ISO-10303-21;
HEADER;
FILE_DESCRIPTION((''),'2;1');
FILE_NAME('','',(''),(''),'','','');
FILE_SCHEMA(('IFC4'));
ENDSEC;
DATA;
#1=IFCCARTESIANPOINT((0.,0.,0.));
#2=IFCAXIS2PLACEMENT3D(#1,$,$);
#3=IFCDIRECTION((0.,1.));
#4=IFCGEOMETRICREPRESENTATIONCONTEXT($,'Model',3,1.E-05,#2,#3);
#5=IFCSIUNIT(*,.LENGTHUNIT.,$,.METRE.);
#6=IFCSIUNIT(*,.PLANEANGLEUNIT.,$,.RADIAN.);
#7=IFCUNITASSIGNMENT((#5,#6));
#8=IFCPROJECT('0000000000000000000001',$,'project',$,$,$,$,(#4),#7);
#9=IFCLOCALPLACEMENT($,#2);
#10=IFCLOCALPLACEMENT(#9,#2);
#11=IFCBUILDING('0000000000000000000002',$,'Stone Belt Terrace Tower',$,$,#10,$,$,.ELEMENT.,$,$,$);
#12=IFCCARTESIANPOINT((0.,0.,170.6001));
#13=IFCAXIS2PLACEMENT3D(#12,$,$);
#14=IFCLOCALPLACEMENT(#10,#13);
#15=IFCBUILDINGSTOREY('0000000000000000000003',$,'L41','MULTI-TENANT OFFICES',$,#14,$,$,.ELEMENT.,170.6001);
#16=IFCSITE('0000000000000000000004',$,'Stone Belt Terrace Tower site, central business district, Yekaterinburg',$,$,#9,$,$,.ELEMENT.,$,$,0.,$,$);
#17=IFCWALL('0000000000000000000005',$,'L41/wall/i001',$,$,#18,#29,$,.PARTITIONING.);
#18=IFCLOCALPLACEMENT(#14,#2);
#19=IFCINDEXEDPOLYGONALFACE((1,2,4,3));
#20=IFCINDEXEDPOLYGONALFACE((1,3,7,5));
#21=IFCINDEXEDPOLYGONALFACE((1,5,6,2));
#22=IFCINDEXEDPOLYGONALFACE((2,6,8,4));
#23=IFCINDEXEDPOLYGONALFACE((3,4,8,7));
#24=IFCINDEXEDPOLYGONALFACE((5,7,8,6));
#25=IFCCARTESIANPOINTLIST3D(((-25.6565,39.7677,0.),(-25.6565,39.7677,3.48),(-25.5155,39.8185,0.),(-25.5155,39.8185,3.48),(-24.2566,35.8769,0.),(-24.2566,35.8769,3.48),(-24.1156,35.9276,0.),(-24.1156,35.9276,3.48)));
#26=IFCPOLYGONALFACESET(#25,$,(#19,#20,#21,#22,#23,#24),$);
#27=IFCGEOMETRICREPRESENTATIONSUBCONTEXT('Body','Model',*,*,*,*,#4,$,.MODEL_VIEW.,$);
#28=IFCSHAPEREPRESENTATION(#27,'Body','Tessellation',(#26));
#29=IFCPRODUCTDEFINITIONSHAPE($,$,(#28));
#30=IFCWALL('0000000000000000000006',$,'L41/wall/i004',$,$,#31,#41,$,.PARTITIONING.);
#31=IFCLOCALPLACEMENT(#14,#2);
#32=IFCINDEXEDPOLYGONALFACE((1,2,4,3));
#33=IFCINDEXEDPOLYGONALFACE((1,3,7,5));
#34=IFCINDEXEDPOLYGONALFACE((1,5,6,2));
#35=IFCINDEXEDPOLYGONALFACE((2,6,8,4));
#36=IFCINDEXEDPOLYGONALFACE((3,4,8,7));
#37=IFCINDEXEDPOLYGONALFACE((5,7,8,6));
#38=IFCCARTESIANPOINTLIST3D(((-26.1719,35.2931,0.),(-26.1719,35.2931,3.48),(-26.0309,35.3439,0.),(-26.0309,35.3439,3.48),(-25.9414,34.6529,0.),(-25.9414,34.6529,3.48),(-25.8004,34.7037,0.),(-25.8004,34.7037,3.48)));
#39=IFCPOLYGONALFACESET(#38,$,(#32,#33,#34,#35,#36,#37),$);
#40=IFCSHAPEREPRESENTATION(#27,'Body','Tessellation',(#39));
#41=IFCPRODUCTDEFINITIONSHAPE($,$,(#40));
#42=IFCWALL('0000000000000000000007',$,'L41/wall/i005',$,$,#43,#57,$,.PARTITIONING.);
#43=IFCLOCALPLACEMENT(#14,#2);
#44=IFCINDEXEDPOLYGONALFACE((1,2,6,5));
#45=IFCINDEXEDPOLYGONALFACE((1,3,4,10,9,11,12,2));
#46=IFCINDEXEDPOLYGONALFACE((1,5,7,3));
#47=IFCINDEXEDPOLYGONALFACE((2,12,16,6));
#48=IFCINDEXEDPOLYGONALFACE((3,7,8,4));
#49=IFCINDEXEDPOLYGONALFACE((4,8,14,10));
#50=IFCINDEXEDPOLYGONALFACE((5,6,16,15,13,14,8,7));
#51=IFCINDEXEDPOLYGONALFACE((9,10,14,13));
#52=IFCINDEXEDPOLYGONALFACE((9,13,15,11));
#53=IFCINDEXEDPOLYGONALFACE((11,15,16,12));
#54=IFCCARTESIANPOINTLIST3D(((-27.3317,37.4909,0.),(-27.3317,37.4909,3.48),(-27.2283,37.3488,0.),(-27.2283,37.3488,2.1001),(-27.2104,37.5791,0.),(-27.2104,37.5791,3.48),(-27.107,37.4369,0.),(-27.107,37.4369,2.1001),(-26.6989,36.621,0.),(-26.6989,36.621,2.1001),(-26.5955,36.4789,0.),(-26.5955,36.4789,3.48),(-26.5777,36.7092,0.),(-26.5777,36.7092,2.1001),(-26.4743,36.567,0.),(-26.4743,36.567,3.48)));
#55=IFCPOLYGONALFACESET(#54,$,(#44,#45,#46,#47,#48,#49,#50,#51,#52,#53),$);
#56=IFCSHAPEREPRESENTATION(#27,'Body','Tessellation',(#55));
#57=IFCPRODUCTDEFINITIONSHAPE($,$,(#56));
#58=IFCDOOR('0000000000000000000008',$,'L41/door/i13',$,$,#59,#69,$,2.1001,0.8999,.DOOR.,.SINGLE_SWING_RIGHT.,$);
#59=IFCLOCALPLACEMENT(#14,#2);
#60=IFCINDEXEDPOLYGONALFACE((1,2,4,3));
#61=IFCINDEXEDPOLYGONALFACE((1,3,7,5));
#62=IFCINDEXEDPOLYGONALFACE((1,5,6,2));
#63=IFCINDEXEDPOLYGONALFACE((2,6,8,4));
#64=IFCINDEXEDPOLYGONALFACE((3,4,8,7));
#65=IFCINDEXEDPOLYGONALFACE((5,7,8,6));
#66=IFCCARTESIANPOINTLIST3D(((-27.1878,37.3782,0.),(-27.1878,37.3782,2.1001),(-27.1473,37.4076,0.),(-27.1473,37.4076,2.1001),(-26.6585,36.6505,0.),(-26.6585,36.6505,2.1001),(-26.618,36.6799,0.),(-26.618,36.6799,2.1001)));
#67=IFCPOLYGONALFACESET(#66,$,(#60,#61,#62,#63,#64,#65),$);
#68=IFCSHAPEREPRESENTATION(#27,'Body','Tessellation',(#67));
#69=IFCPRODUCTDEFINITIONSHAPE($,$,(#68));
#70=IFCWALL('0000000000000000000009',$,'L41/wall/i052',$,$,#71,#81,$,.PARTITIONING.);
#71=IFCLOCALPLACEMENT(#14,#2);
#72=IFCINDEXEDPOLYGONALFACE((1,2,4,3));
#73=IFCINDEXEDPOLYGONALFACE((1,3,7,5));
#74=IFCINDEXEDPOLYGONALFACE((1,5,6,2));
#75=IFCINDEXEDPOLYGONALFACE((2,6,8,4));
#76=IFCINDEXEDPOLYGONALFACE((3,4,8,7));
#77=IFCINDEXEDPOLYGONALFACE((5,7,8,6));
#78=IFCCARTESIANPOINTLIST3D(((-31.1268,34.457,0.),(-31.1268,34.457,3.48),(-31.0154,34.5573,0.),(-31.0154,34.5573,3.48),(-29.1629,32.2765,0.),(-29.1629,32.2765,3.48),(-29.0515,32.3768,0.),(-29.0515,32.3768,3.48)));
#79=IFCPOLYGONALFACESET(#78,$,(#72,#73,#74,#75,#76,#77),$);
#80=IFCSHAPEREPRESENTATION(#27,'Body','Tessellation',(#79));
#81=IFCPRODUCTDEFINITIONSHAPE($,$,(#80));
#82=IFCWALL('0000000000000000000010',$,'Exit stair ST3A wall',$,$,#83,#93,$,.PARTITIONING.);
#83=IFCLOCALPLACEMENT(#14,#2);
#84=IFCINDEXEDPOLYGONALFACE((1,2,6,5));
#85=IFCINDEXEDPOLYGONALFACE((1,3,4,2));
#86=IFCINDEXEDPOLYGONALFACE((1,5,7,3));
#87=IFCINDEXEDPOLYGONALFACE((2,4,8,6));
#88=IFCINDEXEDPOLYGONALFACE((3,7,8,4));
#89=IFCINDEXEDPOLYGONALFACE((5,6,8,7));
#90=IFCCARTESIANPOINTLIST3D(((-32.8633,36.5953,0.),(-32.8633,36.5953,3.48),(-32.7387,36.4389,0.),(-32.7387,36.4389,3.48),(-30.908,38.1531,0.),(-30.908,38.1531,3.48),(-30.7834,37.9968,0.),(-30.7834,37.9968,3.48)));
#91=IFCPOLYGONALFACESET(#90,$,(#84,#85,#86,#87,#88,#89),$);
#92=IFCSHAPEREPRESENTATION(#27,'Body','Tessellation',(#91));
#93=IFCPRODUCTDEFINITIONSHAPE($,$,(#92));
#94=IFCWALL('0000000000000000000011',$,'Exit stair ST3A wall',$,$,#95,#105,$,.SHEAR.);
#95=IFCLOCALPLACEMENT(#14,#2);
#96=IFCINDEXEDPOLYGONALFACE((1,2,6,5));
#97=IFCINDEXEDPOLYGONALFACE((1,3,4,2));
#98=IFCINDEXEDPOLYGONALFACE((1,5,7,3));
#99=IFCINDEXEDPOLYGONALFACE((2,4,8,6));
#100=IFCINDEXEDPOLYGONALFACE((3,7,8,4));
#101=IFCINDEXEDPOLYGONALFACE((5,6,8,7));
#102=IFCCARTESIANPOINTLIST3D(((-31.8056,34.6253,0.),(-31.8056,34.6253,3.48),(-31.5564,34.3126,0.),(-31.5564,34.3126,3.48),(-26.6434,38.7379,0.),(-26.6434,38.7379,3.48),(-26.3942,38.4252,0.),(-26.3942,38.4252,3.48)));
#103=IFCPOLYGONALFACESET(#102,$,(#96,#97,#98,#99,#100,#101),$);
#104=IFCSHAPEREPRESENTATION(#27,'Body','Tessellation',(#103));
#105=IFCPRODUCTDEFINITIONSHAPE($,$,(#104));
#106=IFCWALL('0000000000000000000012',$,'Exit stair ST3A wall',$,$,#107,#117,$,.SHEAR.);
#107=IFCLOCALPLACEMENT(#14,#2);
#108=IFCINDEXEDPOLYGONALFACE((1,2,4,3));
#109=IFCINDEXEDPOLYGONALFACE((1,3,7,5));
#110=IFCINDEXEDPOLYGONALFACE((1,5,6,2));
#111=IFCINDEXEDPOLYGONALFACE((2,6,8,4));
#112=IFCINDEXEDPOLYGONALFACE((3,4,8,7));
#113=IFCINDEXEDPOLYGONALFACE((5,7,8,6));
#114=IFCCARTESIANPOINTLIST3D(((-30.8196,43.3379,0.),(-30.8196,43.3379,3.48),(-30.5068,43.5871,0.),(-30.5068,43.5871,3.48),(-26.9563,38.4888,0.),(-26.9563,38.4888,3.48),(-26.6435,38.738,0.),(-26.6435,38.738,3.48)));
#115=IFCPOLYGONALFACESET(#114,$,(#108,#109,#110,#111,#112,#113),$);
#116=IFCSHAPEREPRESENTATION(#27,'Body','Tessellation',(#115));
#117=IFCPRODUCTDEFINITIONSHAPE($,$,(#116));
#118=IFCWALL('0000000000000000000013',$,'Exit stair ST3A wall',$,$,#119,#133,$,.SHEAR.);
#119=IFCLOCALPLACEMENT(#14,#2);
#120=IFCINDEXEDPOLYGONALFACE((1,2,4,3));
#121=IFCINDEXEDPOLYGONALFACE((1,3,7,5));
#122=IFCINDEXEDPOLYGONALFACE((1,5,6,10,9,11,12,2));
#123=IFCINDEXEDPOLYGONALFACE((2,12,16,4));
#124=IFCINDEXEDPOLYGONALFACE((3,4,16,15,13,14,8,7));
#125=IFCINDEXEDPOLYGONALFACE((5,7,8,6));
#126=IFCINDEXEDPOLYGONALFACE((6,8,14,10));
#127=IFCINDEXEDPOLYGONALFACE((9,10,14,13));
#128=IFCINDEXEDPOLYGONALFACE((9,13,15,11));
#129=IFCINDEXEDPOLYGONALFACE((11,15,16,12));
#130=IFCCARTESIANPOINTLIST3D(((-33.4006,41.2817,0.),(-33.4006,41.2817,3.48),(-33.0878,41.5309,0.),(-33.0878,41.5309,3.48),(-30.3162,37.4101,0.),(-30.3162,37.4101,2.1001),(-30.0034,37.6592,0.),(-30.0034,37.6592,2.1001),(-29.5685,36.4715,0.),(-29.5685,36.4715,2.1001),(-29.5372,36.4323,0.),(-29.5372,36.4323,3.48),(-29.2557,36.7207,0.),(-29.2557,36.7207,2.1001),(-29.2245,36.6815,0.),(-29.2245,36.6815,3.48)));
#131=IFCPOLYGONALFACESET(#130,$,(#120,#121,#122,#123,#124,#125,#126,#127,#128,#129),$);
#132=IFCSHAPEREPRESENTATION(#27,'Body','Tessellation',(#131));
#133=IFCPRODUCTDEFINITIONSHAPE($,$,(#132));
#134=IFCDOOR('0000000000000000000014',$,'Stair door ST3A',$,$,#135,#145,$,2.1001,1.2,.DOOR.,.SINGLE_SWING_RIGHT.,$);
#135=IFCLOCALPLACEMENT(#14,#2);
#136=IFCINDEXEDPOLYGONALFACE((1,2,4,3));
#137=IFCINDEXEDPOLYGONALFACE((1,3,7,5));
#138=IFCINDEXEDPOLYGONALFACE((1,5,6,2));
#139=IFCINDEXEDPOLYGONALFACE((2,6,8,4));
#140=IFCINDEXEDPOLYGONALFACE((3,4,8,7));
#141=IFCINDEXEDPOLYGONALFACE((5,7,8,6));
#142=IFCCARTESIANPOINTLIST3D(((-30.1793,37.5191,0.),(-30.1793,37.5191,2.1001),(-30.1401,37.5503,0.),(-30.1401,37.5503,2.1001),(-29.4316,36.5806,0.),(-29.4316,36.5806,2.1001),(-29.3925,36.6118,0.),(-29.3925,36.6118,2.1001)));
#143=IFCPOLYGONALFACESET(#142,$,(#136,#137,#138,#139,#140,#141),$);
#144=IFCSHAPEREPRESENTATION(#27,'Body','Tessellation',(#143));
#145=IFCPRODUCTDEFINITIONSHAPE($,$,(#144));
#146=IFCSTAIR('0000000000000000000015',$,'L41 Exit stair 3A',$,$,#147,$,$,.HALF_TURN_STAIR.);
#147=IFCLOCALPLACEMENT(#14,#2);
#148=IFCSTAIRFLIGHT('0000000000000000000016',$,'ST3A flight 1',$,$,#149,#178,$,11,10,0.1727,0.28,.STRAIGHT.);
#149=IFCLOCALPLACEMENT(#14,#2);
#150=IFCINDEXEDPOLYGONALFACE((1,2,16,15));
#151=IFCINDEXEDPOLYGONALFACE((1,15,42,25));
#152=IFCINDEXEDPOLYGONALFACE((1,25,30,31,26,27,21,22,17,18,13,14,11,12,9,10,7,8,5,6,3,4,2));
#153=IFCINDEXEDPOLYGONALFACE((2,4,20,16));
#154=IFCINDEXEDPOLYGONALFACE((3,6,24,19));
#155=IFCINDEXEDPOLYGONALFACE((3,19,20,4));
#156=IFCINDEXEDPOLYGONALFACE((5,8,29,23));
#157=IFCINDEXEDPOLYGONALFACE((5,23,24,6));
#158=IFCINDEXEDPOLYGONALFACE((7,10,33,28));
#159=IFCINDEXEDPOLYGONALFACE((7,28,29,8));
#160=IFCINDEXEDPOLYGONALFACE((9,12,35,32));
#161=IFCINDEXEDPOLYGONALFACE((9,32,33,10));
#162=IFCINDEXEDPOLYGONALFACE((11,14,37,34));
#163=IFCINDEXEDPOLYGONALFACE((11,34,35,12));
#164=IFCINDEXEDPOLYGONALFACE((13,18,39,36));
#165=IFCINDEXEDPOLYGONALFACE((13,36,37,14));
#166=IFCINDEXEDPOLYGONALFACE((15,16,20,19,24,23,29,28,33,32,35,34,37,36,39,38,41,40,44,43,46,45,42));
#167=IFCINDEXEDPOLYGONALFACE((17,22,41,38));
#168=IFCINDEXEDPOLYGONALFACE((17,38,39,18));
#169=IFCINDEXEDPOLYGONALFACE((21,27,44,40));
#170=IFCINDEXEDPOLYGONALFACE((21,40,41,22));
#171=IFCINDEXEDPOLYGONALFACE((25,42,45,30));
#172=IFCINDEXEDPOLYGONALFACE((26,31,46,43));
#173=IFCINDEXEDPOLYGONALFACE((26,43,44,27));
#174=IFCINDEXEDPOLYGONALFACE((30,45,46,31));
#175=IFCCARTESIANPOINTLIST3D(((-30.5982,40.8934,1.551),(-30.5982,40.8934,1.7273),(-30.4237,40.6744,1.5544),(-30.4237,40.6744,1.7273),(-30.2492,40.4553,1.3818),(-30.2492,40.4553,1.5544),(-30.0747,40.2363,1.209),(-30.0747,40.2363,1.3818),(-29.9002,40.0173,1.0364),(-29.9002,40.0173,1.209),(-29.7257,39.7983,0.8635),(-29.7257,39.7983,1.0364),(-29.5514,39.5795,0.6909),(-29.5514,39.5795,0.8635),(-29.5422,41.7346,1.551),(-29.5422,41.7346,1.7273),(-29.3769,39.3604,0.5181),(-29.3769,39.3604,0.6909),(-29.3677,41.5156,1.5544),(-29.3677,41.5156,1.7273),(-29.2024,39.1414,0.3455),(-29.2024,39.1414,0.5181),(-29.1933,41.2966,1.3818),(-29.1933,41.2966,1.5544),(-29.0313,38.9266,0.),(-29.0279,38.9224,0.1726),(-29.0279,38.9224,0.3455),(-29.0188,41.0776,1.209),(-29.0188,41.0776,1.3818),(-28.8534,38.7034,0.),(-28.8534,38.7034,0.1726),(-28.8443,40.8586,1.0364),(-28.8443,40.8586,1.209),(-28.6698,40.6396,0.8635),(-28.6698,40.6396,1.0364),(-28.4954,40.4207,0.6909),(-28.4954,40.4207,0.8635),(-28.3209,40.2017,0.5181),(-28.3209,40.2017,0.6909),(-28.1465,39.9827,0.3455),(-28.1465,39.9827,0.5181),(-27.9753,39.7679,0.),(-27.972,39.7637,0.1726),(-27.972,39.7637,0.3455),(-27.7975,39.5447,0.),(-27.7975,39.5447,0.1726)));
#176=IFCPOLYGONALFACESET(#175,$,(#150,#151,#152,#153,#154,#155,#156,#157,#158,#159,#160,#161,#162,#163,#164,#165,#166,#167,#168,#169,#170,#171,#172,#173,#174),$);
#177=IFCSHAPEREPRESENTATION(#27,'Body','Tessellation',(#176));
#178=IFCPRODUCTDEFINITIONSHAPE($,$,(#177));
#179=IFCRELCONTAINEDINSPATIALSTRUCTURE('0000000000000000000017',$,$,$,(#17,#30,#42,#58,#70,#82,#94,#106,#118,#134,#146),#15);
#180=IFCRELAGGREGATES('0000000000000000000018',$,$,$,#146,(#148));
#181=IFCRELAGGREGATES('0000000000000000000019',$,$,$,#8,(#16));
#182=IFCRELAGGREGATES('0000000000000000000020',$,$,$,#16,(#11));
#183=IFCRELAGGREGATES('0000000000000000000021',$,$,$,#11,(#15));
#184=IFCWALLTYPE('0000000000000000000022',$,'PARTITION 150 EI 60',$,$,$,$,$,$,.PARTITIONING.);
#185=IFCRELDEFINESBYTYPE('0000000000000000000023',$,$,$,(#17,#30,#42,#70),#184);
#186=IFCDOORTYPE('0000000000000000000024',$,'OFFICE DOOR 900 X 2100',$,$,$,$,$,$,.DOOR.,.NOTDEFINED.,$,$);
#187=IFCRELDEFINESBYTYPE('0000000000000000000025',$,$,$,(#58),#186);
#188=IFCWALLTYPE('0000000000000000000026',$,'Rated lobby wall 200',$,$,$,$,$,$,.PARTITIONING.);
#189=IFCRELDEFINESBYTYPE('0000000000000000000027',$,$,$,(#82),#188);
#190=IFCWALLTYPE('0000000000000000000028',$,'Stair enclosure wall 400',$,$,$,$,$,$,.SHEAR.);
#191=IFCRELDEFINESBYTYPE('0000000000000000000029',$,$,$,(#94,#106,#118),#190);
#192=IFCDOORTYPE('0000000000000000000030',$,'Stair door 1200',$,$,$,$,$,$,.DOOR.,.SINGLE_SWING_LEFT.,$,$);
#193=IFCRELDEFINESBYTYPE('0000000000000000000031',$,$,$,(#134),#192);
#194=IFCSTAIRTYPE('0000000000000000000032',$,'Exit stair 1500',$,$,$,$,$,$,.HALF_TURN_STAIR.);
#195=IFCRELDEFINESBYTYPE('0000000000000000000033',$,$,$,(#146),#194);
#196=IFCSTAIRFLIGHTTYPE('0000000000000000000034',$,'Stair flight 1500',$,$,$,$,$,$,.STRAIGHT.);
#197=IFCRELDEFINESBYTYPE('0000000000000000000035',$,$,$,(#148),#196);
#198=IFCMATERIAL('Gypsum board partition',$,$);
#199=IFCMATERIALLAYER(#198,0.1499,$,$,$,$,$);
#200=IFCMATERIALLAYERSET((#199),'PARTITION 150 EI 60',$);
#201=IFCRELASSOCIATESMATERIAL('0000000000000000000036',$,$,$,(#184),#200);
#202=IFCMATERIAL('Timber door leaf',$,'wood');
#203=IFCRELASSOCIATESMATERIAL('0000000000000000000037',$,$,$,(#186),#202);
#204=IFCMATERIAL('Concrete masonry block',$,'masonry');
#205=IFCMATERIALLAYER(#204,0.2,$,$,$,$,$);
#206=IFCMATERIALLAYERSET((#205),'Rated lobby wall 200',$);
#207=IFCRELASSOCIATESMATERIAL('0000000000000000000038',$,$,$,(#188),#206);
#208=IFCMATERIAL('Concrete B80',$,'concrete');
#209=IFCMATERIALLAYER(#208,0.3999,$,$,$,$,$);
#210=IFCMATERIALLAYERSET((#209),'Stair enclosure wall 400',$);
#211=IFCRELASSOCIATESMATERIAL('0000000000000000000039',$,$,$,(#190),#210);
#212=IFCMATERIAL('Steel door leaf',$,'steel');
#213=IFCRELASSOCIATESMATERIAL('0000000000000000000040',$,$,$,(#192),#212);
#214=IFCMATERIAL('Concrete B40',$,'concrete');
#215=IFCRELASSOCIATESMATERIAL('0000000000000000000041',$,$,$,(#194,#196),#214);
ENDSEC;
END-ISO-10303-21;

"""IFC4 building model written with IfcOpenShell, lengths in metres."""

from ifc_helpers import new_model, si_unit, direction, frame, frame_2d, origin, place, context, subcontext, project, spatial, polyline, rectangle, outline, extrude, material, layer, layer_set, type_object, element, fill, aggregate, save


model = new_model("IFC4")

# Units and contexts
model_context = context("Model", 3, precision=1e-05, world=origin(), true_north=direction((0.0, 1.0)))
body_context = subcontext(model_context, "Body", "Model", "MODEL_VIEW")
ifc_project = project(units=[si_unit("LENGTHUNIT", "METRE"), si_unit("PLANEANGLEUNIT", "RADIAN")], contexts=[model_context])

# Site, building, storey
site_placement = place(None, origin())
site = spatial("IfcSite", under=ifc_project, at=site_placement, Name="Stone Belt Terrace Tower site, central business district, Yekaterinburg", CompositionType="ELEMENT", RefElevation=0.0)
building_placement = place(site_placement, origin())
building = spatial("IfcBuilding", under=site, at=building_placement, Name="Stone Belt Terrace Tower", CompositionType="ELEMENT")
storey_placement = place(building_placement, frame((0.0, 0.0, 170.6001)))
storey = spatial("IfcBuildingStorey", under=building, at=storey_placement, Name="L41", Description="MULTI-TENANT OFFICES", CompositionType="ELEMENT", Elevation=170.6001)

# Shared definitions
ifc_material_1 = material(Name="Concrete B80", Category="concrete")

# Shared definitions
ifc_material_2 = material(Name="Concrete B40", Category="concrete")

# Walls
ifc_material_3 = material(Name="Gypsum board partition")
ifc_layer_1 = layer(ifc_material_3, 0.1499)
ifc_layer_set_1 = layer_set([ifc_layer_1], Name="PARTITION 150 EI 60")
wall_type_1 = type_object("IfcWallType", Name="PARTITION 150 EI 60", PredefinedType="PARTITIONING", material=ifc_layer_set_1)
wall_1_placement = place(storey_placement, frame((-25.5859, 39.793, 0.0), z_axis=(0.0, 0.0, 1.0), x_axis=(0.338546, -0.94095, 0.0)))
element("IfcWall", 1, at=wall_1_placement, inside=storey, type_object=wall_type_1, Name="L41/wall/i001", PredefinedType="PARTITIONING", context=body_context, shape_type="SweptSolid", body=[
    extrude(rectangle(XDim=4.135, YDim=0.1499, at=frame_2d((2.0674, 0.0))), origin(), (0.0, 0.0, 1.0), 3.48),
])
wall_2_placement = place(storey_placement, frame((-25.8708, 34.6782, 0.0), z_axis=(0.0, 0.0, 1.0), x_axis=(-0.338745, 0.940878, 0.0)))
element("IfcWall", 2, at=wall_2_placement, inside=storey, type_object=wall_type_1, Name="L41/wall/i004", PredefinedType="PARTITIONING", context=body_context, shape_type="SweptSolid", body=[
    extrude(rectangle(XDim=0.6804, YDim=0.1499, at=frame_2d((0.3403, 0.0))), origin(), (0.0, 0.0, 1.0), 3.48),
])

# Wall, opening, door
wall_3_placement = place(storey_placement, frame((-26.5349, 36.5229, 0.0), z_axis=(0.0, 0.0, 1.0), x_axis=(-0.58823, 0.808694, 0.0)))
wall_3 = element("IfcWall", 3, at=wall_3_placement, inside=storey, type_object=wall_type_1, Name="L41/wall/i005", PredefinedType="PARTITIONING", context=body_context, shape_type="SweptSolid", body=[
    extrude(rectangle(XDim=1.2515, YDim=0.1499, at=frame_2d((0.6257, 0.0))), origin(), (0.0, 0.0, 1.0), 3.48),
])
opening_1_placement = place(wall_3_placement, frame((0.1758, 0.0, 0.0)))
opening_1 = element("IfcOpeningElement", 4, at=opening_1_placement, cuts=wall_3, PredefinedType="OPENING", context=body_context, shape_type="SweptSolid", body=[
    extrude(rectangle(XDim=0.8999, YDim=2.1001, at=frame_2d((0.45, 1.05))), frame((0.0, 0.085, 0.0), z_axis=(0.0, -1.0, 0.0), x_axis=(1.0, 0.0, 0.0)), (0.0, 0.0, 1.0), 0.1699),
])
ifc_material_4 = material(Name="Timber door leaf", Category="wood")
door_type_1 = type_object("IfcDoorType", Name="OFFICE DOOR 900 X 2100", OperationType="NOTDEFINED", PredefinedType="DOOR", material=ifc_material_4)
door_1_placement = place(opening_1_placement, origin())
door_1 = element("IfcDoor", 5, at=door_1_placement, inside=storey, type_object=door_type_1, Name="L41/door/i13", OperationType="SINGLE_SWING_RIGHT", OverallHeight=2.1001, OverallWidth=0.8999, PredefinedType="DOOR", context=body_context, shape_type="SweptSolid", body=[
    extrude(rectangle(XDim=0.8999, YDim=2.1001, at=frame_2d((0.45, 1.05))), frame((0.0, 0.0249, 0.0), z_axis=(0.0, -1.0, 0.0), x_axis=(1.0, 0.0, 0.0)), (0.0, 0.0, 1.0), 0.05),
])
fill(opening_1, door_1)

# Walls
wall_4_placement = place(storey_placement, frame((-29.1072, 32.3267, 0.0), z_axis=(0.0, 0.0, 1.0), x_axis=(-0.669245, 0.743042, 0.0)))
element("IfcWall", 6, at=wall_4_placement, inside=storey, type_object=wall_type_1, Name="L41/wall/i052", PredefinedType="PARTITIONING", context=body_context, shape_type="SweptSolid", body=[
    extrude(rectangle(XDim=2.9346, YDim=0.1499, at=frame_2d((1.4673, 0.0))), origin(), (0.0, 0.0, 1.0), 3.48),
])
ifc_material_5 = material(Name="Concrete masonry block", Category="masonry")
ifc_layer_2 = layer(ifc_material_5, 0.2)
ifc_layer_set_2 = layer_set([ifc_layer_2], Name="Rated lobby wall 200")
wall_type_2 = type_object("IfcWallType", Name="Rated lobby wall 200", PredefinedType="PARTITIONING", material=ifc_layer_set_2)
wall_5_placement = place(storey_placement, frame((-30.8457, 38.075, 0.0), z_axis=(0.0, 0.0, 1.0), x_axis=(-0.782115, -0.623134, 0.0)))
element("IfcWall", 7, at=wall_5_placement, inside=storey, type_object=wall_type_2, Name="Exit stair ST3A wall", PredefinedType="PARTITIONING", context=body_context, shape_type="SweptSolid", body=[
    extrude(rectangle(XDim=2.5, YDim=0.2, at=frame_2d((1.25, 0.0))), origin(), (0.0, 0.0, 1.0), 3.48),
])
ifc_layer_3 = layer(ifc_material_1, 0.3999)
ifc_layer_set_3 = layer_set([ifc_layer_3], Name="Stair enclosure wall 400")
wall_type_3 = type_object("IfcWallType", Name="Stair enclosure wall 400", PredefinedType="SHEAR", material=ifc_layer_set_3)
wall_6_placement = place(storey_placement, frame((-26.5188, 38.5815, 0.0), z_axis=(0.0, 0.0, 1.0), x_axis=(-0.782134, -0.62311, 0.0)))
element("IfcWall", 8, at=wall_6_placement, inside=storey, type_object=wall_type_3, Name="Exit stair ST3A wall", PredefinedType="SHEAR", context=body_context, shape_type="SweptSolid", body=[
    extrude(rectangle(XDim=6.6001, YDim=0.3999, at=frame_2d((3.3, 0.0))), origin(), (0.0, 0.0, 1.0), 3.48),
])
wall_7_placement = place(storey_placement, frame((-26.7998, 38.6133, 0.0), z_axis=(0.0, 0.0, 1.0), x_axis=(-0.623119, 0.782127, 0.0)))
element("IfcWall", 9, at=wall_7_placement, inside=storey, type_object=wall_type_3, Name="Exit stair ST3A wall", PredefinedType="SHEAR", context=body_context, shape_type="SweptSolid", body=[
    extrude(rectangle(XDim=6.2, YDim=0.3999, at=frame_2d((3.1001, 0.0))), origin(), (0.0, 0.0, 1.0), 3.48),
])

# Wall, opening, door
wall_8_placement = place(storey_placement, frame((-29.3809, 36.5569, 0.0), z_axis=(0.0, 0.0, 1.0), x_axis=(-0.623099, 0.782143, 0.0)))
wall_8 = element("IfcWall", 10, at=wall_8_placement, inside=storey, type_object=wall_type_3, Name="Exit stair ST3A wall", PredefinedType="SHEAR", context=body_context, shape_type="SweptSolid", body=[
    extrude(rectangle(XDim=6.2002, YDim=0.3999, at=frame_2d((3.1001, 0.0))), origin(), (0.0, 0.0, 1.0), 3.48),
])
opening_2_placement = place(wall_8_placement, frame((0.05, 0.0, 0.0)))
opening_2 = element("IfcOpeningElement", 11, at=opening_2_placement, cuts=wall_8, PredefinedType="OPENING", context=body_context, shape_type="SweptSolid", body=[
    extrude(rectangle(XDim=1.2, YDim=2.1001, at=frame_2d((0.6001, 1.05))), frame((0.0, 0.21, 0.0), z_axis=(0.0, -1.0, 0.0), x_axis=(1.0, 0.0, 0.0)), (0.0, 0.0, 1.0), 0.4199),
])
ifc_material_6 = material(Name="Steel door leaf", Category="steel")
door_type_2 = type_object("IfcDoorType", Name="Stair door 1200", OperationType="SINGLE_SWING_LEFT", PredefinedType="DOOR", material=ifc_material_6)
door_2_placement = place(opening_2_placement, origin())
door_2 = element("IfcDoor", 12, at=door_2_placement, inside=storey, type_object=door_type_2, Name="Stair door ST3A", OperationType="SINGLE_SWING_RIGHT", OverallHeight=2.1001, OverallWidth=1.2, PredefinedType="DOOR", context=body_context, shape_type="SweptSolid", body=[
    extrude(rectangle(XDim=1.2, YDim=2.1001, at=frame_2d((0.6001, 1.05))), frame((0.0, 0.0249, 0.0), z_axis=(0.0, -1.0, 0.0), x_axis=(1.0, 0.0, 0.0)), (0.0, 0.0, 1.0), 0.05),
])
fill(opening_2, door_2)

# Stair, stair flight
stair_type = type_object("IfcStairType", Name="Exit stair 1500", PredefinedType="HALF_TURN_STAIR", material=ifc_material_2)
stair_placement = place(storey_placement, origin())
stair = element("IfcStair", 13, at=stair_placement, inside=storey, type_object=stair_type, Name="L41 Exit stair 3A", PredefinedType="HALF_TURN_STAIR")
stair_flight_type = type_object("IfcStairFlightType", Name="Stair flight 1500", PredefinedType="STRAIGHT", material=ifc_material_2)
stair_flight_placement = place(storey_placement, frame((-28.3254, 39.124, 0.0), z_axis=(0.0, 0.0, 1.0), x_axis=(-0.623121, 0.782125, 0.0)))
stair_flight = element("IfcStairFlight", 14, at=stair_flight_placement, type_object=stair_flight_type, Name="ST3A flight 1", NumberOfRisers=11, NumberOfTreads=10, PredefinedType="STRAIGHT", RiserHeight=0.1727, TreadLength=0.28, context=body_context, shape_type="SweptSolid", body=[
    extrude(outline(polyline([(0.0, 0.0), (0.0, 0.1726), (0.28, 0.1726), (0.28, 0.3455), (0.5601, 0.3455), (0.5601, 0.5181), (0.8401, 0.5181), (0.8401, 0.6909), (1.1201, 0.6909), (1.1201, 0.8635), (1.3999, 0.8635), (1.3999, 1.0364), (1.6799, 1.0364), (1.6799, 1.209), (1.96, 1.209), (1.96, 1.3818), (2.24, 1.3818), (2.24, 1.5544), (2.52, 1.5544), (2.52, 1.7273), (2.8, 1.7273), (2.8, 1.8999), (2.8, 1.551), (0.2854, 0.0), (0.0, 0.0)])), frame((0.0, 0.675, 0.0), z_axis=(0.0, -1.0, 0.0), x_axis=(1.0, 0.0, 0.0)), (0.0, 0.0, 1.0), 1.3501),
])
aggregate(stair, [stair_flight])

save(model, "model.ifc")
